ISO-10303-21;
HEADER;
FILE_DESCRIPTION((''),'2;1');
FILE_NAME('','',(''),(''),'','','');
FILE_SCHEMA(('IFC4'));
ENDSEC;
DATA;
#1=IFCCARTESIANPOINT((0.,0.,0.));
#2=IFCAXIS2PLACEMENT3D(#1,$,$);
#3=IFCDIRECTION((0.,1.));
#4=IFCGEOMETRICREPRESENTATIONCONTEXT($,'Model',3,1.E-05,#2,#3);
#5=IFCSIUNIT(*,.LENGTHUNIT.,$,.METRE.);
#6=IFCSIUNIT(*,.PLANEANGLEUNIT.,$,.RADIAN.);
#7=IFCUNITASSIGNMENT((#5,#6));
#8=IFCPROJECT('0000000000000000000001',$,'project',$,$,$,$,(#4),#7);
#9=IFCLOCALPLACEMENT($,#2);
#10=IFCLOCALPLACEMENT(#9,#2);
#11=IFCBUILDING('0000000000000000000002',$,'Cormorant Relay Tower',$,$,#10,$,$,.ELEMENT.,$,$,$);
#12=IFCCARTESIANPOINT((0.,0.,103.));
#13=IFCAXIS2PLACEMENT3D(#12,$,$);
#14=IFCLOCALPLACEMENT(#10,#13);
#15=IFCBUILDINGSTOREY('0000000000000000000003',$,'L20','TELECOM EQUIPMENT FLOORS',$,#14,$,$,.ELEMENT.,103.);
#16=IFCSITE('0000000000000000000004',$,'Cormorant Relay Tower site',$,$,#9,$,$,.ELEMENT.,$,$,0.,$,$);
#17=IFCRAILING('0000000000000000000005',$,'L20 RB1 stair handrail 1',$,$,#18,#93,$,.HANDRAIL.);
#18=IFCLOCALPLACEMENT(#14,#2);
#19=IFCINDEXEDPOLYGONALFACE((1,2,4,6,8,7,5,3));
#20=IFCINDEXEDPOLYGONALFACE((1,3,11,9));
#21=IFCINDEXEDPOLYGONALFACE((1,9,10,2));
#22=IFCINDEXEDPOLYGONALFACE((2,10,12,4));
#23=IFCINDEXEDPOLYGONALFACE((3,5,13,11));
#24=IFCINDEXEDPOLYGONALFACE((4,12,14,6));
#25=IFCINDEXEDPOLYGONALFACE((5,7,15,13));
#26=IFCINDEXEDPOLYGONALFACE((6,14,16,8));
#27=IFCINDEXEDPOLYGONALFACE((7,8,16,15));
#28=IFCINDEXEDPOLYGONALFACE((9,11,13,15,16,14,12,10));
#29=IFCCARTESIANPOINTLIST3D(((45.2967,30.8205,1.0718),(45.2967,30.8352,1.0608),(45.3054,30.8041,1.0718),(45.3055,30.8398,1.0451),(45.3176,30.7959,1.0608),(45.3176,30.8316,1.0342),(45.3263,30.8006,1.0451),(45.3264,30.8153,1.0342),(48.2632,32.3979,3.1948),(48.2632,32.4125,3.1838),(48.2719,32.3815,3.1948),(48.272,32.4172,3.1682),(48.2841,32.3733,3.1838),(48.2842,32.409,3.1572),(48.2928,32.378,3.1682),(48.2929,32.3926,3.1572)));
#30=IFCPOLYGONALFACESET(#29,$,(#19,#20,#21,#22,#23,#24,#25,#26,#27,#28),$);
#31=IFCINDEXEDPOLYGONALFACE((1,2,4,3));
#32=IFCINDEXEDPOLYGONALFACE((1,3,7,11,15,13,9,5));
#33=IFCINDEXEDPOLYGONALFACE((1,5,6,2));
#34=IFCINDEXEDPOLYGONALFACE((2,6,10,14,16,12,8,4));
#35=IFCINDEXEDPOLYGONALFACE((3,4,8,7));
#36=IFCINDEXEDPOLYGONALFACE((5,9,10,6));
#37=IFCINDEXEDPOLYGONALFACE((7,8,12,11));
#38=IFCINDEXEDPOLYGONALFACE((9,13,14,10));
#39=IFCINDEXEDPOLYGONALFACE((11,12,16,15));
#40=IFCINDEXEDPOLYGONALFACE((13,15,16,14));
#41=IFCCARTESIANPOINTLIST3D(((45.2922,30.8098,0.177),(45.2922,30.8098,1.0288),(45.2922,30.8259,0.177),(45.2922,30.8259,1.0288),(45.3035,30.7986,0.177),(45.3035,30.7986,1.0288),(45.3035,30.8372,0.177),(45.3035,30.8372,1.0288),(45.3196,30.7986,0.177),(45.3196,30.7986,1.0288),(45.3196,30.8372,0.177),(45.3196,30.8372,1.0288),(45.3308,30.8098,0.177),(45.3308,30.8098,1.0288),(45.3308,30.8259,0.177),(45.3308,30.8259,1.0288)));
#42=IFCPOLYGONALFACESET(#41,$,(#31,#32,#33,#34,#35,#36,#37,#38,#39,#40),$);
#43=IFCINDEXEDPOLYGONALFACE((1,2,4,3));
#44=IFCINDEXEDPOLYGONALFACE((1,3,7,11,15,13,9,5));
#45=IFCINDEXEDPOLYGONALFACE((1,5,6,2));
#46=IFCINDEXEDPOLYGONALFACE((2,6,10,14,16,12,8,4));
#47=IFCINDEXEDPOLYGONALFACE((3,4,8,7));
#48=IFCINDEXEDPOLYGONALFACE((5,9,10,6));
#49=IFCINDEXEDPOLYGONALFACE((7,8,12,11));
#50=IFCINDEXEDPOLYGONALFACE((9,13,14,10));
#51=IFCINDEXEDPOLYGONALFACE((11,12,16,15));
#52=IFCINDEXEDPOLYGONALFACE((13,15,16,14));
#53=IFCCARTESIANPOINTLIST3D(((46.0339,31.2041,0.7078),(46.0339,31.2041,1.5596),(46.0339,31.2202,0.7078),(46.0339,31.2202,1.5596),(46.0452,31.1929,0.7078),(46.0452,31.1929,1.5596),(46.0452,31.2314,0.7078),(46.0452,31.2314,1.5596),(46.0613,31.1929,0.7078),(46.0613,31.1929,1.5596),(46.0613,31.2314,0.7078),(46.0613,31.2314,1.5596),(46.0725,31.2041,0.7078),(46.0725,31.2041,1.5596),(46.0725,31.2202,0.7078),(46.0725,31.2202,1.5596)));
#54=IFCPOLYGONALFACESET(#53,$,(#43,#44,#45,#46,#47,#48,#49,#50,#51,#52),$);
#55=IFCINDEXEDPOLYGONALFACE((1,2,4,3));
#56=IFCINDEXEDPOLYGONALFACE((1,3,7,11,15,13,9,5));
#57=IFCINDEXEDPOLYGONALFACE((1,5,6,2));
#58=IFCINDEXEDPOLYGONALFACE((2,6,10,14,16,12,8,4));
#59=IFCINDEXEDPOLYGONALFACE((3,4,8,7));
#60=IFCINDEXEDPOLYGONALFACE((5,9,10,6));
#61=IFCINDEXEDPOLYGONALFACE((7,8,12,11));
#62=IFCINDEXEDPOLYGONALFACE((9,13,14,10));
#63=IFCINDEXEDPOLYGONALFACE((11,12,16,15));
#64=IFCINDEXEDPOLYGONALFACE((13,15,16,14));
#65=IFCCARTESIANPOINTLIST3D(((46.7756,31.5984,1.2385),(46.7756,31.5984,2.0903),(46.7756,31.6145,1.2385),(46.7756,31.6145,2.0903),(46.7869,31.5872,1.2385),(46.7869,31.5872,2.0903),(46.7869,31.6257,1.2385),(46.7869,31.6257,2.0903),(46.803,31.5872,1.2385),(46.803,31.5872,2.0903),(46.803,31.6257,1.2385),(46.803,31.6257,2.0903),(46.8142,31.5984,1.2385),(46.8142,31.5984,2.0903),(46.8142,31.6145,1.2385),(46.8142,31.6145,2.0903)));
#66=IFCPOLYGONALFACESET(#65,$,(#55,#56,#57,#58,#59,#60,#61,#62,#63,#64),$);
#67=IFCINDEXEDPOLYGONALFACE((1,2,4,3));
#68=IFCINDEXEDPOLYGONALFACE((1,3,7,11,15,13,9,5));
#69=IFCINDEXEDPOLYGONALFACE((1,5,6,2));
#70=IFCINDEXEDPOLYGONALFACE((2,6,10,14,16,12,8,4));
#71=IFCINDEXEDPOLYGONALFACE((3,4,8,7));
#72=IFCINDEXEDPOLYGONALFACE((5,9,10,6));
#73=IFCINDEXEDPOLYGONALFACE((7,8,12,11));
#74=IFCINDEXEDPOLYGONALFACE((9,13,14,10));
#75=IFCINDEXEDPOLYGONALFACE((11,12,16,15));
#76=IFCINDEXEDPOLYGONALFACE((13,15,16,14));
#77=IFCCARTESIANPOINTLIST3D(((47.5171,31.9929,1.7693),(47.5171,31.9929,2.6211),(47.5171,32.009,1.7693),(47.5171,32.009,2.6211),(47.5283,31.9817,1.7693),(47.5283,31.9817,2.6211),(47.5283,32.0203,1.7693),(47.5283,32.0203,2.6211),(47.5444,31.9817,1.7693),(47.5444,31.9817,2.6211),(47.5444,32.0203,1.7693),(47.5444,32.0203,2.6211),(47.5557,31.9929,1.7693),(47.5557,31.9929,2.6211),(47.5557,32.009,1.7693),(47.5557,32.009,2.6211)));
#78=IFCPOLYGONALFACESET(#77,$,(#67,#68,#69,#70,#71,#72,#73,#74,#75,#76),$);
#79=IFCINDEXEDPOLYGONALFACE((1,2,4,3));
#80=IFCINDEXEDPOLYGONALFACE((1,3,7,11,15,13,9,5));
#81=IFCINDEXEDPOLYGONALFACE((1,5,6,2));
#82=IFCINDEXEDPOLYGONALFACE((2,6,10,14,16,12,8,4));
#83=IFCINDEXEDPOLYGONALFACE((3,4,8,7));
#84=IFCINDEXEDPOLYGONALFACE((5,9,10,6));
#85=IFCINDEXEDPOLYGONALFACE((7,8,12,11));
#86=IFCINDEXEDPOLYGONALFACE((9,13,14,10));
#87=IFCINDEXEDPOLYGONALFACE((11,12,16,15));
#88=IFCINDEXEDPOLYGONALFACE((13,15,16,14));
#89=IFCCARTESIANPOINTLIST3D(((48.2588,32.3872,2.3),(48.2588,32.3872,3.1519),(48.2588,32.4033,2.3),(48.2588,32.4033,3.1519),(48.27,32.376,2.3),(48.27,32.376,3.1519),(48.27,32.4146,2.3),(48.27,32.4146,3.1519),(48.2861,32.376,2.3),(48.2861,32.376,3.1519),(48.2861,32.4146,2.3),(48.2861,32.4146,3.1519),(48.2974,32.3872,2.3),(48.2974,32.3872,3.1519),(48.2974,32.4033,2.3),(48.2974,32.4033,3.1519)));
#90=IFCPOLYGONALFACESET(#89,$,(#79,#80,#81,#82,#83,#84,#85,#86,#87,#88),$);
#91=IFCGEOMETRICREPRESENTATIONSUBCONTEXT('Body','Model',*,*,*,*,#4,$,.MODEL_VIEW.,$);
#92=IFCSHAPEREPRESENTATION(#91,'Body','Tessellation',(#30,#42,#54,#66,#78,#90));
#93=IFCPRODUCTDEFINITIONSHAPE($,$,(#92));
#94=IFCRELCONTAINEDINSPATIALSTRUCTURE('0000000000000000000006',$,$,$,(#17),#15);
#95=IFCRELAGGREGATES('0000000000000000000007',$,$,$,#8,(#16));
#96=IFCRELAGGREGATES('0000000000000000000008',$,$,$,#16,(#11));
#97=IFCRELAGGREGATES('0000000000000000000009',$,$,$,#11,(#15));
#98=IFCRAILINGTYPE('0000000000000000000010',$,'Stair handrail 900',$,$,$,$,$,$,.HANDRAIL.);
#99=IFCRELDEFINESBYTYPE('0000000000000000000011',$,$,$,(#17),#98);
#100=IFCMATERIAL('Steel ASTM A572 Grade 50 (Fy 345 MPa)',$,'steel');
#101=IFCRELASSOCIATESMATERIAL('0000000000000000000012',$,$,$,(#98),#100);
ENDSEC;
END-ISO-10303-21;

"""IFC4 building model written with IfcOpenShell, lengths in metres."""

from ifc_helpers import new_model, si_unit, direction, frame, origin, place, context, subcontext, project, spatial, polyline, outline, extrude, material, type_object, element, save


model = new_model("IFC4")

# Units and contexts
model_context = context("Model", 3, precision=1e-05, world=origin(), true_north=direction((0.0, 1.0)))
body_context = subcontext(model_context, "Body", "Model", "MODEL_VIEW")
ifc_project = project(units=[si_unit("LENGTHUNIT", "METRE"), si_unit("PLANEANGLEUNIT", "RADIAN")], contexts=[model_context])

# Site, building, storey
site_placement = place(None, origin())
site = spatial("IfcSite", under=ifc_project, at=site_placement, Name="Cormorant Relay Tower site", CompositionType="ELEMENT", RefElevation=0.0)
building_placement = place(site_placement, origin())
building = spatial("IfcBuilding", under=site, at=building_placement, Name="Cormorant Relay Tower", CompositionType="ELEMENT")
storey_placement = place(building_placement, frame((0.0, 0.0, 103.0)))
storey = spatial("IfcBuildingStorey", under=building, at=storey_placement, Name="L20", Description="TELECOM EQUIPMENT FLOORS", CompositionType="ELEMENT", Elevation=103.0)

# Railing
ifc_material_1 = material(Name="Steel ASTM A572 Grade 50 (Fy 345 MPa)", Category="steel")
railing_type_1 = type_object("IfcRailingType", Name="Stair handrail 900", PredefinedType="HANDRAIL", material=ifc_material_1)
railing_1_placement = place(storey_placement, frame((45.3115, 30.8179, 0.177)))
element("IfcRailing", 1, at=railing_1_placement, inside=storey, type_object=railing_type_1, Name="L20 RB1 stair handrail 1", PredefinedType="HANDRAIL", context=body_context, shape_type="SweptSolid", body=[
    extrude(outline(polyline([(0.0222, 0.0093), (0.0093, 0.0222), (-0.0093, 0.0222), (-0.0222, 0.0093), (-0.0222, -0.0093), (-0.0093, -0.0222), (0.0093, -0.0222), (0.0222, -0.0093), (0.0222, 0.0093)])), frame((0.0, 0.0, 0.876), z_axis=(0.746413, 0.396887, 0.534179), x_axis=(-0.469483, 0.882942, 0.0)), (0.0, 0.0, 1.0), 3.9744),
    extrude(outline(polyline([(0.0193, 0.0081), (0.0081, 0.0193), (-0.0081, 0.0193), (-0.0193, 0.0081), (-0.0193, -0.0081), (-0.0081, -0.0193), (0.0081, -0.0193), (0.0193, -0.0081), (0.0193, 0.0081)])), origin(), (0.0, 0.0, 1.0), 0.8518),
    extrude(outline(polyline([(0.0193, 0.0081), (0.0081, 0.0193), (-0.0081, 0.0193), (-0.0193, 0.0081), (-0.0193, -0.0081), (-0.0081, -0.0193), (0.0081, -0.0193), (0.0193, -0.0081), (0.0193, 0.0081)])), frame((0.7417, 0.3943, 0.5308)), (0.0, 0.0, 1.0), 0.8518),
    extrude(outline(polyline([(0.0193, 0.0081), (0.0081, 0.0193), (-0.0081, 0.0193), (-0.0193, 0.0081), (-0.0193, -0.0081), (-0.0081, -0.0193), (0.0081, -0.0193), (0.0193, -0.0081), (0.0193, 0.0081)])), frame((1.4834, 0.7886, 1.0615)), (0.0, 0.0, 1.0), 0.8518),
    extrude(outline(polyline([(0.0193, 0.0081), (0.0081, 0.0193), (-0.0081, 0.0193), (-0.0193, 0.0081), (-0.0193, -0.0081), (-0.0081, -0.0193), (0.0081, -0.0193), (0.0193, -0.0081), (0.0193, 0.0081)])), frame((2.2249, 1.1831, 1.5923)), (0.0, 0.0, 1.0), 0.8518),
    extrude(outline(polyline([(0.0193, 0.0081), (0.0081, 0.0193), (-0.0081, 0.0193), (-0.0193, 0.0081), (-0.0193, -0.0081), (-0.0081, -0.0193), (0.0081, -0.0193), (0.0193, -0.0081), (0.0193, 0.0081)])), frame((2.9666, 1.5774, 2.123)), (0.0, 0.0, 1.0), 0.8518),
])

save(model, "model.ifc")
